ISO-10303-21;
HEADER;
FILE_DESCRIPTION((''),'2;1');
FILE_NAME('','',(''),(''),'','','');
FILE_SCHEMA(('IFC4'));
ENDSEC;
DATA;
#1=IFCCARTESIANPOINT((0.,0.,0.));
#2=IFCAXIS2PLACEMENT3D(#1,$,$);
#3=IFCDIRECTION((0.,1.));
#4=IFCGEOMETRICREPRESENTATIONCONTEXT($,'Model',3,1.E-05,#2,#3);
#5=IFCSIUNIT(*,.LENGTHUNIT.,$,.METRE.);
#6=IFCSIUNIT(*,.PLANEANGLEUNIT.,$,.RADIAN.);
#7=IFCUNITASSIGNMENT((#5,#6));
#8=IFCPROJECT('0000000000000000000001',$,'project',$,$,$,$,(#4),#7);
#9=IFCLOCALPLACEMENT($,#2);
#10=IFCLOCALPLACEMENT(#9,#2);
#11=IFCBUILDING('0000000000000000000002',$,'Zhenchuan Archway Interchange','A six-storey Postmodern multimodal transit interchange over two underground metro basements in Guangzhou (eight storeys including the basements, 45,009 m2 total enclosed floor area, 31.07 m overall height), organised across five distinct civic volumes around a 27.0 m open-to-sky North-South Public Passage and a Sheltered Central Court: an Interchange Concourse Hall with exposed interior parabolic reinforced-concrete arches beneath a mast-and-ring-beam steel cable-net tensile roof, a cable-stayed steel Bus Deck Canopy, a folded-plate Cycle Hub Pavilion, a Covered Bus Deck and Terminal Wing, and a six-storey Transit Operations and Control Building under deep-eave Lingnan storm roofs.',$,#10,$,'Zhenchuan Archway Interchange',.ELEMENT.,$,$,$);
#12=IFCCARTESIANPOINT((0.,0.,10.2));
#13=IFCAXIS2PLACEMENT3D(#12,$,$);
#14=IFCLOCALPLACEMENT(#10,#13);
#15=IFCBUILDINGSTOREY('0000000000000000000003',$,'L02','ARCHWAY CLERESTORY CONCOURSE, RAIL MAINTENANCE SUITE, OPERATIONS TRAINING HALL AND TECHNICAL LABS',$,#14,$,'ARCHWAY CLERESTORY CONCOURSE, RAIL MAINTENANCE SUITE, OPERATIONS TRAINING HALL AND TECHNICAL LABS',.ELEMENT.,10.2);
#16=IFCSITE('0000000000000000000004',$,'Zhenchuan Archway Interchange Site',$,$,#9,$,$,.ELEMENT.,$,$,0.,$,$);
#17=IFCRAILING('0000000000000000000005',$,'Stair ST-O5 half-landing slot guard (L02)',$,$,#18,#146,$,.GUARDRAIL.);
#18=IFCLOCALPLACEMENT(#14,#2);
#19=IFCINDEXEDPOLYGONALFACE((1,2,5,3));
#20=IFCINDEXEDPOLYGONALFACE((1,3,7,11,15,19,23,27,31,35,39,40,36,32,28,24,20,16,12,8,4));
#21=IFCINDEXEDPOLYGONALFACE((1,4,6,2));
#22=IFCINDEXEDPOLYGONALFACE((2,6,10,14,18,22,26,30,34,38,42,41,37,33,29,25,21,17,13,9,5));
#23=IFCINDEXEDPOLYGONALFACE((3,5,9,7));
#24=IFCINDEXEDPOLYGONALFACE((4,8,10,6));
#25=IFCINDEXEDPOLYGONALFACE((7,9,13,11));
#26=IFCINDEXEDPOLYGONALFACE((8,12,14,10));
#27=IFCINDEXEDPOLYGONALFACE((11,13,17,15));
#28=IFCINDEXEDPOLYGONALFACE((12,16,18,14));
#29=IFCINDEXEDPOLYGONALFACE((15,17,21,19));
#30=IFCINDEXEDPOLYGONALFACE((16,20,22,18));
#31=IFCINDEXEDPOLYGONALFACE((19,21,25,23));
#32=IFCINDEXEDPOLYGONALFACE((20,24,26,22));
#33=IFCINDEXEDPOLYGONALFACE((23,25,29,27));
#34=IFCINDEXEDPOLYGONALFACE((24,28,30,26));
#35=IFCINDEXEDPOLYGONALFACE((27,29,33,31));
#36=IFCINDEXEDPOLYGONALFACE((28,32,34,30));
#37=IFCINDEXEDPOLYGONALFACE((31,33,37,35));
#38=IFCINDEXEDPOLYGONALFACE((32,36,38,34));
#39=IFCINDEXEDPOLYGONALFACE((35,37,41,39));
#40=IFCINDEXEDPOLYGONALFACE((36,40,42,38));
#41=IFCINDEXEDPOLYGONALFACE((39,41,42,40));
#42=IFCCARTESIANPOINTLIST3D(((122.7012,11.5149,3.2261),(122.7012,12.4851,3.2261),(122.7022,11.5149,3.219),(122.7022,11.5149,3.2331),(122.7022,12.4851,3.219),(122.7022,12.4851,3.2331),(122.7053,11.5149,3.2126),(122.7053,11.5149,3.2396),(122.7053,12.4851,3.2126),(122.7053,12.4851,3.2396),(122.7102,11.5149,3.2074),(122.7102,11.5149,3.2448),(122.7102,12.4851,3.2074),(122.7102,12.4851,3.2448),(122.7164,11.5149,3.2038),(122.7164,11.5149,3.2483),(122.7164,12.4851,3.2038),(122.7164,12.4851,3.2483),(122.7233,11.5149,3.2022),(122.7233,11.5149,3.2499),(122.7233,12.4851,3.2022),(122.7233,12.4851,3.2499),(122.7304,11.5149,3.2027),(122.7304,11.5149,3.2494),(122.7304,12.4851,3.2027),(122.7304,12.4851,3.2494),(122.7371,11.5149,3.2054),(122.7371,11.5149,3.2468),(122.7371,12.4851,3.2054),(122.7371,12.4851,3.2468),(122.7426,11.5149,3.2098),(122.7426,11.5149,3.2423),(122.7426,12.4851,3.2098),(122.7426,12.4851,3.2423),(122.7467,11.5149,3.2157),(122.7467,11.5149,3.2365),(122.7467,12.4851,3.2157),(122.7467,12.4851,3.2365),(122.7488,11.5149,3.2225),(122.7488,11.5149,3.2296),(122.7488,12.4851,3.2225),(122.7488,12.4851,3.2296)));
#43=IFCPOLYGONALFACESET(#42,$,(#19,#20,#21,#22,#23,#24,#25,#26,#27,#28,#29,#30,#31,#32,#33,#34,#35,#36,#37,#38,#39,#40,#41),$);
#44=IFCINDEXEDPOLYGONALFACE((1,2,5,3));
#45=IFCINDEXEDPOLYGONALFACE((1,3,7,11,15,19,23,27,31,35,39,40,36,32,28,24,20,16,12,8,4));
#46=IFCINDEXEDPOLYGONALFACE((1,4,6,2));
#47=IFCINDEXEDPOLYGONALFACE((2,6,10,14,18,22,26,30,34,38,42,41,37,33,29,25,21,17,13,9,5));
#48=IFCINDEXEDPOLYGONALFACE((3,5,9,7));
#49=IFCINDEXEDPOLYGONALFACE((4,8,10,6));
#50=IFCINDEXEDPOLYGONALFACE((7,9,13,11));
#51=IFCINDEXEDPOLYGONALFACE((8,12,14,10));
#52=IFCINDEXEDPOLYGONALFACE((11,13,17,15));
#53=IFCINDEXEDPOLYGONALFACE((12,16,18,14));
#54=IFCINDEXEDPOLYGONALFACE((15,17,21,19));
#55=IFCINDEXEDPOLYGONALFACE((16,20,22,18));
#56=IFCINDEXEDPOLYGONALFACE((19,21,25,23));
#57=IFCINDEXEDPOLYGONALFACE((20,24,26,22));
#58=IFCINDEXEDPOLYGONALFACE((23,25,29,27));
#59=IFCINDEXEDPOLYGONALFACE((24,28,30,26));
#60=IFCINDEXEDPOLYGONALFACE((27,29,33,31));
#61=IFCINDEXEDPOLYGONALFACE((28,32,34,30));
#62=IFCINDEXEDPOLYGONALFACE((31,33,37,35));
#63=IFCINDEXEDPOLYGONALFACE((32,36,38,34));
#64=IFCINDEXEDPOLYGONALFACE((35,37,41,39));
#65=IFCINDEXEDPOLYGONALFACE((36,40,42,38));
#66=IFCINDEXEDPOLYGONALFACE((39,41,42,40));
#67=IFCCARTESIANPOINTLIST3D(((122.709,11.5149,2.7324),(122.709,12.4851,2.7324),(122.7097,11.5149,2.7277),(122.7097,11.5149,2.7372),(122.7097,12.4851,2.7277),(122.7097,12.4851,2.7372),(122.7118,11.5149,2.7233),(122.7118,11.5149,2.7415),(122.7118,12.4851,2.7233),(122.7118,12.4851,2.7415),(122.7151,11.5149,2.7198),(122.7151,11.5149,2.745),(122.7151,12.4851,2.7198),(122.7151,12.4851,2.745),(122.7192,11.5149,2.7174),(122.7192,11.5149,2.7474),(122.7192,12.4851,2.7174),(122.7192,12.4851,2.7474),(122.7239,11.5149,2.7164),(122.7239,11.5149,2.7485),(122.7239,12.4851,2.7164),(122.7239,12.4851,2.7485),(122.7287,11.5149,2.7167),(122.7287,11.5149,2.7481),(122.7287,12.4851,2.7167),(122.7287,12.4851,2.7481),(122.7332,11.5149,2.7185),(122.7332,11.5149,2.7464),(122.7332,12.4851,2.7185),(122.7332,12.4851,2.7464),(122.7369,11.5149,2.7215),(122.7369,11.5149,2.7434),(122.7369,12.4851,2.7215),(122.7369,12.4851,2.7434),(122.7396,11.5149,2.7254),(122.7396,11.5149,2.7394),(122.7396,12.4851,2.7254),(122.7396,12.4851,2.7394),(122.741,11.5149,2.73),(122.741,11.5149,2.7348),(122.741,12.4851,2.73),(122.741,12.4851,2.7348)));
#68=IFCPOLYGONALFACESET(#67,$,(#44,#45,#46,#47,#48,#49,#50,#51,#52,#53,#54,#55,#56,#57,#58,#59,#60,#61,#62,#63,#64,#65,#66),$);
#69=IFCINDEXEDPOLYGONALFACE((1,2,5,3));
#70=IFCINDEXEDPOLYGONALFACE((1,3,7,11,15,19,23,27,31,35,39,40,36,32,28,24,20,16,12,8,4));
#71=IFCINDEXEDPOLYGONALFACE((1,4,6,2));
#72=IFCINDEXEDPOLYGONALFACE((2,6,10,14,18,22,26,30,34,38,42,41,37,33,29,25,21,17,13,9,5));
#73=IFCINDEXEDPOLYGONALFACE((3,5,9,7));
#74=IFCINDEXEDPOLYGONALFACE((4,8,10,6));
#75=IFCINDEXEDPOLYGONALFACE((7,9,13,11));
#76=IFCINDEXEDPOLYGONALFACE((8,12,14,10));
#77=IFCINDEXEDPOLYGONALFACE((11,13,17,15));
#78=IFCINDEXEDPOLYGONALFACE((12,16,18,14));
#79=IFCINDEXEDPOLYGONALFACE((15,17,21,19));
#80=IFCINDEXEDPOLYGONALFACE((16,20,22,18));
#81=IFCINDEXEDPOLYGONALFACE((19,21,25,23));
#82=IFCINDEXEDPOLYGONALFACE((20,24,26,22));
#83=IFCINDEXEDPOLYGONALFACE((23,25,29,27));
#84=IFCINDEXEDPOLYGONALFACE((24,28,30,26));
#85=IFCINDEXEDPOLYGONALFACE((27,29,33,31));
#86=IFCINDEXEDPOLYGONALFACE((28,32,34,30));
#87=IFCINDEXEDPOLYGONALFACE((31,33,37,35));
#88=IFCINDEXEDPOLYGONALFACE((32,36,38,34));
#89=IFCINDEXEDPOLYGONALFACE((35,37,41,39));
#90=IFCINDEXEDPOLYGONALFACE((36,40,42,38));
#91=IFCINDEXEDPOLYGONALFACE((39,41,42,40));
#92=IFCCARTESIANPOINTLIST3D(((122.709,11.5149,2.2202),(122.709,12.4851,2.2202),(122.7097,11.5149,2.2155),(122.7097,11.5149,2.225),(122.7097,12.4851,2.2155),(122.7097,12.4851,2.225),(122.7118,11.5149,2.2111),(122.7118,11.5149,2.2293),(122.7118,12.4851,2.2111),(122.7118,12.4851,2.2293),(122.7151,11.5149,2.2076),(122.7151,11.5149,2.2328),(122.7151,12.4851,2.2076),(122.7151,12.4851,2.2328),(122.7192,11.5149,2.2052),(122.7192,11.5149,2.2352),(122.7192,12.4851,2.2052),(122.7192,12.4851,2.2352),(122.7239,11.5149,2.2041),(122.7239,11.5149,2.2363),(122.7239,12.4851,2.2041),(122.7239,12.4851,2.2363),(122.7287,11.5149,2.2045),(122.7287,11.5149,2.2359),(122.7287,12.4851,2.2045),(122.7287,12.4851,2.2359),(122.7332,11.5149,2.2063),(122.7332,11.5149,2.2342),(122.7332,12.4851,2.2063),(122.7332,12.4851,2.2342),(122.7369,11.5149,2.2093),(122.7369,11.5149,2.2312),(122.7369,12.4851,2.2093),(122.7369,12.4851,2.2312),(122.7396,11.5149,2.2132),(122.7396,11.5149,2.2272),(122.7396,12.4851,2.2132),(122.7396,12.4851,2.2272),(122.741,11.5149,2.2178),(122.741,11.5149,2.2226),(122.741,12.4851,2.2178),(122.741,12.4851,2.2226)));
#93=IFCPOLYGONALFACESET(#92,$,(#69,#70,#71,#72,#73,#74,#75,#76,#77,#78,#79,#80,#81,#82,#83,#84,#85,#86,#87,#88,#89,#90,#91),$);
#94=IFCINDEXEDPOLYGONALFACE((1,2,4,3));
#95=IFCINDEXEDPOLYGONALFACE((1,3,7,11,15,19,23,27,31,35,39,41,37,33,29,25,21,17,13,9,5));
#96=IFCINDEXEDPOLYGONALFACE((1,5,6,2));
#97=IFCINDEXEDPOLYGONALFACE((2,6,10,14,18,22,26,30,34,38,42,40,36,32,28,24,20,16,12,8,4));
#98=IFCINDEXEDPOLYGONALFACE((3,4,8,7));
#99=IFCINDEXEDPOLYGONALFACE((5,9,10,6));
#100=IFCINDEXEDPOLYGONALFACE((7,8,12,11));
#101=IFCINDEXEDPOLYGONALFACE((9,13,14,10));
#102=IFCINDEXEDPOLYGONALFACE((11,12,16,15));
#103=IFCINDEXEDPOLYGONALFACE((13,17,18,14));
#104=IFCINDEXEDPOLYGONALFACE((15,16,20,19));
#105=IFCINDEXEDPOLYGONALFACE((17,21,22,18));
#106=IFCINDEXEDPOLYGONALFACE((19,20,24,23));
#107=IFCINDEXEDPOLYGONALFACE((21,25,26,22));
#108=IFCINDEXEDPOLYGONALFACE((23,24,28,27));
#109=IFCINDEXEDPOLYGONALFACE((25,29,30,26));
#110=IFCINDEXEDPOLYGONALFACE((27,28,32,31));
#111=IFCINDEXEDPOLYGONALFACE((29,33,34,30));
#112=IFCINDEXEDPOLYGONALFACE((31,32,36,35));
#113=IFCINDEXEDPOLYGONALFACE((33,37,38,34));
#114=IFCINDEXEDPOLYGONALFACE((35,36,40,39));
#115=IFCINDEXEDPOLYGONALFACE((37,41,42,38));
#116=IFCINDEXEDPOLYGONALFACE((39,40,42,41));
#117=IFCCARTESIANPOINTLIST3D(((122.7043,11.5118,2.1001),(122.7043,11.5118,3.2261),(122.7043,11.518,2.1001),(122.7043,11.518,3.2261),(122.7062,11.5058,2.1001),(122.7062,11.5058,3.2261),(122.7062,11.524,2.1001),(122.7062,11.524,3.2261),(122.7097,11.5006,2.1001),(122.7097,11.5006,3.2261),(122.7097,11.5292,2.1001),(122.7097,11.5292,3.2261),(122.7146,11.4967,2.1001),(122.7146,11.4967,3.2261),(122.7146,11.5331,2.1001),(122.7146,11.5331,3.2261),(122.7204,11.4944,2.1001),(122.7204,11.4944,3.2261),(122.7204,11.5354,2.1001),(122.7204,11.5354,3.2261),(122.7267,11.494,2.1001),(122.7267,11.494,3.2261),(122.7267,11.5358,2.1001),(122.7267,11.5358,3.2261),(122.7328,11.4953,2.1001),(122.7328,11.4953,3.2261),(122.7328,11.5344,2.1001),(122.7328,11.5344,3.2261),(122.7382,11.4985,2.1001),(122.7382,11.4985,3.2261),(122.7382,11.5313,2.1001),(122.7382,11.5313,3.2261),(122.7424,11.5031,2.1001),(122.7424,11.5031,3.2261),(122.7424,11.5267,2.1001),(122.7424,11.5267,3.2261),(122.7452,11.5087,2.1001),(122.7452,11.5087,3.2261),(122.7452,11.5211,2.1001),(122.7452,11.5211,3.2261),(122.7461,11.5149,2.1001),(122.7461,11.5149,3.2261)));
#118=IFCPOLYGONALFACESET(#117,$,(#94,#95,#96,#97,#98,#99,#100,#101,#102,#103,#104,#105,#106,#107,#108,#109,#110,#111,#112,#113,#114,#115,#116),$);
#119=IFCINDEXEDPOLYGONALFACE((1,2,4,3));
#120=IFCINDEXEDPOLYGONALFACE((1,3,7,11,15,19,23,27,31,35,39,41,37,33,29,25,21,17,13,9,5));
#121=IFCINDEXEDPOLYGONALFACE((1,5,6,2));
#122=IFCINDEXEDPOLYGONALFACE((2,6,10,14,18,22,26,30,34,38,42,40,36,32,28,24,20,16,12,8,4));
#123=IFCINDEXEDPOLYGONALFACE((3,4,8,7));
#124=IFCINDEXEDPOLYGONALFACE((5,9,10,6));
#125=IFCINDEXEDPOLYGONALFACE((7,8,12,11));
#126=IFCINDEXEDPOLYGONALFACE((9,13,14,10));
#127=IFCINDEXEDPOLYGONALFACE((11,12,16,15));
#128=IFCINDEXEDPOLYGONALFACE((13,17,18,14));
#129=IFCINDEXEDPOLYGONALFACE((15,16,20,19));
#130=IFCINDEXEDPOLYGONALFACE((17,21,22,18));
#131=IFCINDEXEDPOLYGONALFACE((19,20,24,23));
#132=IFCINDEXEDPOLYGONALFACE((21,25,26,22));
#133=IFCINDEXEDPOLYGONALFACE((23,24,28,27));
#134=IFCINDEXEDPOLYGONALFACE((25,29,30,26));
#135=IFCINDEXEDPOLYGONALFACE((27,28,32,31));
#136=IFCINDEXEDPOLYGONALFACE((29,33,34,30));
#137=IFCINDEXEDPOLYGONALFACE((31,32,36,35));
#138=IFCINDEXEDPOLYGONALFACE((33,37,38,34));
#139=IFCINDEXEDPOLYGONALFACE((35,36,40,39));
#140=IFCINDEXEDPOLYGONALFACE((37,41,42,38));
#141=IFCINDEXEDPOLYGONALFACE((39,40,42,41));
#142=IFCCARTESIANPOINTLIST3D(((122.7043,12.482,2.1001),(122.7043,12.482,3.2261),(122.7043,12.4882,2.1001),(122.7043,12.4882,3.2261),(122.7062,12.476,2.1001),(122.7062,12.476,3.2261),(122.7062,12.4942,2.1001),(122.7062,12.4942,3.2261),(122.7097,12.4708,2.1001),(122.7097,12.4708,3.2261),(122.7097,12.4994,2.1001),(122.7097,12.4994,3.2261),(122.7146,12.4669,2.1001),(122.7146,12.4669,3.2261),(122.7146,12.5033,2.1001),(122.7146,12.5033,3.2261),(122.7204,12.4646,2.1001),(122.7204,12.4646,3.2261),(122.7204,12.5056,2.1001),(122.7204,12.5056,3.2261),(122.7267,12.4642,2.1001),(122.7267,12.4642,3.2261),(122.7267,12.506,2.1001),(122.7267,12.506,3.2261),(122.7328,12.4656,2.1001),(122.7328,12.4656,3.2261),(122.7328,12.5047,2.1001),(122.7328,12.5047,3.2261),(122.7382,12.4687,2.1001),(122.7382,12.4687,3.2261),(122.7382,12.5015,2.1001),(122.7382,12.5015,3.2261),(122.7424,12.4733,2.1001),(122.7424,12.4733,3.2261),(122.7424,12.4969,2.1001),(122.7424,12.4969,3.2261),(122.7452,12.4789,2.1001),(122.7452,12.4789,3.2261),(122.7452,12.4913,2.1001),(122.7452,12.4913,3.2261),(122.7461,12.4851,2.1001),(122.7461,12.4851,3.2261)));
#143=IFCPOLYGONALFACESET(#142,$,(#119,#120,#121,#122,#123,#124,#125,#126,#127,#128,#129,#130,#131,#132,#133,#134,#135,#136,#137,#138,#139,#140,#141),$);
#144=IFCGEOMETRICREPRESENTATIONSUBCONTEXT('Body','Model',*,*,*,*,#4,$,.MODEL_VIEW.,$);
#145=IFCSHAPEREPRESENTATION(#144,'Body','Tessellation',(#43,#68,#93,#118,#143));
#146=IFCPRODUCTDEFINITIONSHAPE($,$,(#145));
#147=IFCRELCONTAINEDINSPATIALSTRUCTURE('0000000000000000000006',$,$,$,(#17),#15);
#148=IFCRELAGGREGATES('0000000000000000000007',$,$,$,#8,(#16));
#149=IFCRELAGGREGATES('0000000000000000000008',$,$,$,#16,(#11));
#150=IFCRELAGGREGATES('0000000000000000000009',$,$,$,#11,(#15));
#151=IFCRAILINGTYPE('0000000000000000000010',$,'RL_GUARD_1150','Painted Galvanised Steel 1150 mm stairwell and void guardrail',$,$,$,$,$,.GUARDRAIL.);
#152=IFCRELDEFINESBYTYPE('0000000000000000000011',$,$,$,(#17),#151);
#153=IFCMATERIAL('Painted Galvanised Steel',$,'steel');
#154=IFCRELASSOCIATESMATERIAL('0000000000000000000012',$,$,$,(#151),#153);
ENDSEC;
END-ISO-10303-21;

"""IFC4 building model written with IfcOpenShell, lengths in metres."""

from ifc_helpers import new_model, si_unit, direction, frame, origin, origin_2d, place, context, subcontext, project, spatial, circle, extrude, material, type_object, element, save


model = new_model("IFC4")

# Units and contexts
model_context = context("Model", 3, precision=1e-05, world=origin(), true_north=direction((0.0, 1.0)))
body_context = subcontext(model_context, "Body", "Model", "MODEL_VIEW")
ifc_project = project(units=[si_unit("LENGTHUNIT", "METRE"), si_unit("PLANEANGLEUNIT", "RADIAN")], contexts=[model_context])

# Site, building, storey
site_placement = place(None, origin())
site = spatial("IfcSite", under=ifc_project, at=site_placement, Name="Zhenchuan Archway Interchange Site", CompositionType="ELEMENT", RefElevation=0.0)
building_placement = place(site_placement, origin())
building = spatial("IfcBuilding", under=site, at=building_placement, Name="Zhenchuan Archway Interchange", Description="A six-storey Postmodern multimodal transit interchange over two underground metro basements in Guangzhou (eight storeys including the basements, 45,009 m2 total enclosed floor area, 31.07 m overall height), organised across five distinct civic volumes around a 27.0 m open-to-sky North-South Public Passage and a Sheltered Central Court: an Interchange Concourse Hall with exposed interior parabolic reinforced-concrete arches beneath a mast-and-ring-beam steel cable-net tensile roof, a cable-stayed steel Bus Deck Canopy, a folded-plate Cycle Hub Pavilion, a Covered Bus Deck and Terminal Wing, and a six-storey Transit Operations and Control Building under deep-eave Lingnan storm roofs.", LongName="Zhenchuan Archway Interchange", CompositionType="ELEMENT")
storey_placement = place(building_placement, frame((0.0, 0.0, 10.2)))
storey = spatial("IfcBuildingStorey", under=building, at=storey_placement, Name="L02", Description="ARCHWAY CLERESTORY CONCOURSE, RAIL MAINTENANCE SUITE, OPERATIONS TRAINING HALL AND TECHNICAL LABS", LongName="ARCHWAY CLERESTORY CONCOURSE, RAIL MAINTENANCE SUITE, OPERATIONS TRAINING HALL AND TECHNICAL LABS", CompositionType="ELEMENT", Elevation=10.2)

# Railing
ifc_material_1 = material(Name="Painted Galvanised Steel", Category="steel")
railing_type_1 = type_object("IfcRailingType", Name="RL_GUARD_1150", Description="Painted Galvanised Steel 1150 mm stairwell and void guardrail", PredefinedType="GUARDRAIL", material=ifc_material_1)
railing_placement = place(storey_placement, frame((122.7251, 11.5149, 2.1001)))
element("IfcRailing", 1, at=railing_placement, inside=storey, type_object=railing_type_1, Name="Stair ST-O5 half-landing slot guard (L02)", PredefinedType="GUARDRAIL", context=body_context, shape_type="SweptSolid", body=[
    extrude(circle(Radius=0.0239, at=origin_2d()), frame((0.0, 0.0, 1.126), z_axis=(0.0, 1.0, 0.0), x_axis=(-1.0, 0.0, 0.0)), (0.0, 0.0, 1.0), 0.9702),
    extrude(circle(Radius=0.0161, at=origin_2d()), frame((0.0, 0.0, 0.6323), z_axis=(0.0, 1.0, 0.0), x_axis=(-1.0, 0.0, 0.0)), (0.0, 0.0, 1.0), 0.9702),
    extrude(circle(Radius=0.0161, at=origin_2d()), frame((0.0, 0.0, 0.1201), z_axis=(0.0, 1.0, 0.0), x_axis=(-1.0, 0.0, 0.0)), (0.0, 0.0, 1.0), 0.9702),
    extrude(circle(Radius=0.021, at=origin_2d()), origin(), (0.0, 0.0, 1.0), 1.126),
    extrude(circle(Radius=0.021, at=origin_2d()), frame((0.0, 0.9702, 0.0)), (0.0, 0.0, 1.0), 1.126),
])

save(model, "model.ifc")
